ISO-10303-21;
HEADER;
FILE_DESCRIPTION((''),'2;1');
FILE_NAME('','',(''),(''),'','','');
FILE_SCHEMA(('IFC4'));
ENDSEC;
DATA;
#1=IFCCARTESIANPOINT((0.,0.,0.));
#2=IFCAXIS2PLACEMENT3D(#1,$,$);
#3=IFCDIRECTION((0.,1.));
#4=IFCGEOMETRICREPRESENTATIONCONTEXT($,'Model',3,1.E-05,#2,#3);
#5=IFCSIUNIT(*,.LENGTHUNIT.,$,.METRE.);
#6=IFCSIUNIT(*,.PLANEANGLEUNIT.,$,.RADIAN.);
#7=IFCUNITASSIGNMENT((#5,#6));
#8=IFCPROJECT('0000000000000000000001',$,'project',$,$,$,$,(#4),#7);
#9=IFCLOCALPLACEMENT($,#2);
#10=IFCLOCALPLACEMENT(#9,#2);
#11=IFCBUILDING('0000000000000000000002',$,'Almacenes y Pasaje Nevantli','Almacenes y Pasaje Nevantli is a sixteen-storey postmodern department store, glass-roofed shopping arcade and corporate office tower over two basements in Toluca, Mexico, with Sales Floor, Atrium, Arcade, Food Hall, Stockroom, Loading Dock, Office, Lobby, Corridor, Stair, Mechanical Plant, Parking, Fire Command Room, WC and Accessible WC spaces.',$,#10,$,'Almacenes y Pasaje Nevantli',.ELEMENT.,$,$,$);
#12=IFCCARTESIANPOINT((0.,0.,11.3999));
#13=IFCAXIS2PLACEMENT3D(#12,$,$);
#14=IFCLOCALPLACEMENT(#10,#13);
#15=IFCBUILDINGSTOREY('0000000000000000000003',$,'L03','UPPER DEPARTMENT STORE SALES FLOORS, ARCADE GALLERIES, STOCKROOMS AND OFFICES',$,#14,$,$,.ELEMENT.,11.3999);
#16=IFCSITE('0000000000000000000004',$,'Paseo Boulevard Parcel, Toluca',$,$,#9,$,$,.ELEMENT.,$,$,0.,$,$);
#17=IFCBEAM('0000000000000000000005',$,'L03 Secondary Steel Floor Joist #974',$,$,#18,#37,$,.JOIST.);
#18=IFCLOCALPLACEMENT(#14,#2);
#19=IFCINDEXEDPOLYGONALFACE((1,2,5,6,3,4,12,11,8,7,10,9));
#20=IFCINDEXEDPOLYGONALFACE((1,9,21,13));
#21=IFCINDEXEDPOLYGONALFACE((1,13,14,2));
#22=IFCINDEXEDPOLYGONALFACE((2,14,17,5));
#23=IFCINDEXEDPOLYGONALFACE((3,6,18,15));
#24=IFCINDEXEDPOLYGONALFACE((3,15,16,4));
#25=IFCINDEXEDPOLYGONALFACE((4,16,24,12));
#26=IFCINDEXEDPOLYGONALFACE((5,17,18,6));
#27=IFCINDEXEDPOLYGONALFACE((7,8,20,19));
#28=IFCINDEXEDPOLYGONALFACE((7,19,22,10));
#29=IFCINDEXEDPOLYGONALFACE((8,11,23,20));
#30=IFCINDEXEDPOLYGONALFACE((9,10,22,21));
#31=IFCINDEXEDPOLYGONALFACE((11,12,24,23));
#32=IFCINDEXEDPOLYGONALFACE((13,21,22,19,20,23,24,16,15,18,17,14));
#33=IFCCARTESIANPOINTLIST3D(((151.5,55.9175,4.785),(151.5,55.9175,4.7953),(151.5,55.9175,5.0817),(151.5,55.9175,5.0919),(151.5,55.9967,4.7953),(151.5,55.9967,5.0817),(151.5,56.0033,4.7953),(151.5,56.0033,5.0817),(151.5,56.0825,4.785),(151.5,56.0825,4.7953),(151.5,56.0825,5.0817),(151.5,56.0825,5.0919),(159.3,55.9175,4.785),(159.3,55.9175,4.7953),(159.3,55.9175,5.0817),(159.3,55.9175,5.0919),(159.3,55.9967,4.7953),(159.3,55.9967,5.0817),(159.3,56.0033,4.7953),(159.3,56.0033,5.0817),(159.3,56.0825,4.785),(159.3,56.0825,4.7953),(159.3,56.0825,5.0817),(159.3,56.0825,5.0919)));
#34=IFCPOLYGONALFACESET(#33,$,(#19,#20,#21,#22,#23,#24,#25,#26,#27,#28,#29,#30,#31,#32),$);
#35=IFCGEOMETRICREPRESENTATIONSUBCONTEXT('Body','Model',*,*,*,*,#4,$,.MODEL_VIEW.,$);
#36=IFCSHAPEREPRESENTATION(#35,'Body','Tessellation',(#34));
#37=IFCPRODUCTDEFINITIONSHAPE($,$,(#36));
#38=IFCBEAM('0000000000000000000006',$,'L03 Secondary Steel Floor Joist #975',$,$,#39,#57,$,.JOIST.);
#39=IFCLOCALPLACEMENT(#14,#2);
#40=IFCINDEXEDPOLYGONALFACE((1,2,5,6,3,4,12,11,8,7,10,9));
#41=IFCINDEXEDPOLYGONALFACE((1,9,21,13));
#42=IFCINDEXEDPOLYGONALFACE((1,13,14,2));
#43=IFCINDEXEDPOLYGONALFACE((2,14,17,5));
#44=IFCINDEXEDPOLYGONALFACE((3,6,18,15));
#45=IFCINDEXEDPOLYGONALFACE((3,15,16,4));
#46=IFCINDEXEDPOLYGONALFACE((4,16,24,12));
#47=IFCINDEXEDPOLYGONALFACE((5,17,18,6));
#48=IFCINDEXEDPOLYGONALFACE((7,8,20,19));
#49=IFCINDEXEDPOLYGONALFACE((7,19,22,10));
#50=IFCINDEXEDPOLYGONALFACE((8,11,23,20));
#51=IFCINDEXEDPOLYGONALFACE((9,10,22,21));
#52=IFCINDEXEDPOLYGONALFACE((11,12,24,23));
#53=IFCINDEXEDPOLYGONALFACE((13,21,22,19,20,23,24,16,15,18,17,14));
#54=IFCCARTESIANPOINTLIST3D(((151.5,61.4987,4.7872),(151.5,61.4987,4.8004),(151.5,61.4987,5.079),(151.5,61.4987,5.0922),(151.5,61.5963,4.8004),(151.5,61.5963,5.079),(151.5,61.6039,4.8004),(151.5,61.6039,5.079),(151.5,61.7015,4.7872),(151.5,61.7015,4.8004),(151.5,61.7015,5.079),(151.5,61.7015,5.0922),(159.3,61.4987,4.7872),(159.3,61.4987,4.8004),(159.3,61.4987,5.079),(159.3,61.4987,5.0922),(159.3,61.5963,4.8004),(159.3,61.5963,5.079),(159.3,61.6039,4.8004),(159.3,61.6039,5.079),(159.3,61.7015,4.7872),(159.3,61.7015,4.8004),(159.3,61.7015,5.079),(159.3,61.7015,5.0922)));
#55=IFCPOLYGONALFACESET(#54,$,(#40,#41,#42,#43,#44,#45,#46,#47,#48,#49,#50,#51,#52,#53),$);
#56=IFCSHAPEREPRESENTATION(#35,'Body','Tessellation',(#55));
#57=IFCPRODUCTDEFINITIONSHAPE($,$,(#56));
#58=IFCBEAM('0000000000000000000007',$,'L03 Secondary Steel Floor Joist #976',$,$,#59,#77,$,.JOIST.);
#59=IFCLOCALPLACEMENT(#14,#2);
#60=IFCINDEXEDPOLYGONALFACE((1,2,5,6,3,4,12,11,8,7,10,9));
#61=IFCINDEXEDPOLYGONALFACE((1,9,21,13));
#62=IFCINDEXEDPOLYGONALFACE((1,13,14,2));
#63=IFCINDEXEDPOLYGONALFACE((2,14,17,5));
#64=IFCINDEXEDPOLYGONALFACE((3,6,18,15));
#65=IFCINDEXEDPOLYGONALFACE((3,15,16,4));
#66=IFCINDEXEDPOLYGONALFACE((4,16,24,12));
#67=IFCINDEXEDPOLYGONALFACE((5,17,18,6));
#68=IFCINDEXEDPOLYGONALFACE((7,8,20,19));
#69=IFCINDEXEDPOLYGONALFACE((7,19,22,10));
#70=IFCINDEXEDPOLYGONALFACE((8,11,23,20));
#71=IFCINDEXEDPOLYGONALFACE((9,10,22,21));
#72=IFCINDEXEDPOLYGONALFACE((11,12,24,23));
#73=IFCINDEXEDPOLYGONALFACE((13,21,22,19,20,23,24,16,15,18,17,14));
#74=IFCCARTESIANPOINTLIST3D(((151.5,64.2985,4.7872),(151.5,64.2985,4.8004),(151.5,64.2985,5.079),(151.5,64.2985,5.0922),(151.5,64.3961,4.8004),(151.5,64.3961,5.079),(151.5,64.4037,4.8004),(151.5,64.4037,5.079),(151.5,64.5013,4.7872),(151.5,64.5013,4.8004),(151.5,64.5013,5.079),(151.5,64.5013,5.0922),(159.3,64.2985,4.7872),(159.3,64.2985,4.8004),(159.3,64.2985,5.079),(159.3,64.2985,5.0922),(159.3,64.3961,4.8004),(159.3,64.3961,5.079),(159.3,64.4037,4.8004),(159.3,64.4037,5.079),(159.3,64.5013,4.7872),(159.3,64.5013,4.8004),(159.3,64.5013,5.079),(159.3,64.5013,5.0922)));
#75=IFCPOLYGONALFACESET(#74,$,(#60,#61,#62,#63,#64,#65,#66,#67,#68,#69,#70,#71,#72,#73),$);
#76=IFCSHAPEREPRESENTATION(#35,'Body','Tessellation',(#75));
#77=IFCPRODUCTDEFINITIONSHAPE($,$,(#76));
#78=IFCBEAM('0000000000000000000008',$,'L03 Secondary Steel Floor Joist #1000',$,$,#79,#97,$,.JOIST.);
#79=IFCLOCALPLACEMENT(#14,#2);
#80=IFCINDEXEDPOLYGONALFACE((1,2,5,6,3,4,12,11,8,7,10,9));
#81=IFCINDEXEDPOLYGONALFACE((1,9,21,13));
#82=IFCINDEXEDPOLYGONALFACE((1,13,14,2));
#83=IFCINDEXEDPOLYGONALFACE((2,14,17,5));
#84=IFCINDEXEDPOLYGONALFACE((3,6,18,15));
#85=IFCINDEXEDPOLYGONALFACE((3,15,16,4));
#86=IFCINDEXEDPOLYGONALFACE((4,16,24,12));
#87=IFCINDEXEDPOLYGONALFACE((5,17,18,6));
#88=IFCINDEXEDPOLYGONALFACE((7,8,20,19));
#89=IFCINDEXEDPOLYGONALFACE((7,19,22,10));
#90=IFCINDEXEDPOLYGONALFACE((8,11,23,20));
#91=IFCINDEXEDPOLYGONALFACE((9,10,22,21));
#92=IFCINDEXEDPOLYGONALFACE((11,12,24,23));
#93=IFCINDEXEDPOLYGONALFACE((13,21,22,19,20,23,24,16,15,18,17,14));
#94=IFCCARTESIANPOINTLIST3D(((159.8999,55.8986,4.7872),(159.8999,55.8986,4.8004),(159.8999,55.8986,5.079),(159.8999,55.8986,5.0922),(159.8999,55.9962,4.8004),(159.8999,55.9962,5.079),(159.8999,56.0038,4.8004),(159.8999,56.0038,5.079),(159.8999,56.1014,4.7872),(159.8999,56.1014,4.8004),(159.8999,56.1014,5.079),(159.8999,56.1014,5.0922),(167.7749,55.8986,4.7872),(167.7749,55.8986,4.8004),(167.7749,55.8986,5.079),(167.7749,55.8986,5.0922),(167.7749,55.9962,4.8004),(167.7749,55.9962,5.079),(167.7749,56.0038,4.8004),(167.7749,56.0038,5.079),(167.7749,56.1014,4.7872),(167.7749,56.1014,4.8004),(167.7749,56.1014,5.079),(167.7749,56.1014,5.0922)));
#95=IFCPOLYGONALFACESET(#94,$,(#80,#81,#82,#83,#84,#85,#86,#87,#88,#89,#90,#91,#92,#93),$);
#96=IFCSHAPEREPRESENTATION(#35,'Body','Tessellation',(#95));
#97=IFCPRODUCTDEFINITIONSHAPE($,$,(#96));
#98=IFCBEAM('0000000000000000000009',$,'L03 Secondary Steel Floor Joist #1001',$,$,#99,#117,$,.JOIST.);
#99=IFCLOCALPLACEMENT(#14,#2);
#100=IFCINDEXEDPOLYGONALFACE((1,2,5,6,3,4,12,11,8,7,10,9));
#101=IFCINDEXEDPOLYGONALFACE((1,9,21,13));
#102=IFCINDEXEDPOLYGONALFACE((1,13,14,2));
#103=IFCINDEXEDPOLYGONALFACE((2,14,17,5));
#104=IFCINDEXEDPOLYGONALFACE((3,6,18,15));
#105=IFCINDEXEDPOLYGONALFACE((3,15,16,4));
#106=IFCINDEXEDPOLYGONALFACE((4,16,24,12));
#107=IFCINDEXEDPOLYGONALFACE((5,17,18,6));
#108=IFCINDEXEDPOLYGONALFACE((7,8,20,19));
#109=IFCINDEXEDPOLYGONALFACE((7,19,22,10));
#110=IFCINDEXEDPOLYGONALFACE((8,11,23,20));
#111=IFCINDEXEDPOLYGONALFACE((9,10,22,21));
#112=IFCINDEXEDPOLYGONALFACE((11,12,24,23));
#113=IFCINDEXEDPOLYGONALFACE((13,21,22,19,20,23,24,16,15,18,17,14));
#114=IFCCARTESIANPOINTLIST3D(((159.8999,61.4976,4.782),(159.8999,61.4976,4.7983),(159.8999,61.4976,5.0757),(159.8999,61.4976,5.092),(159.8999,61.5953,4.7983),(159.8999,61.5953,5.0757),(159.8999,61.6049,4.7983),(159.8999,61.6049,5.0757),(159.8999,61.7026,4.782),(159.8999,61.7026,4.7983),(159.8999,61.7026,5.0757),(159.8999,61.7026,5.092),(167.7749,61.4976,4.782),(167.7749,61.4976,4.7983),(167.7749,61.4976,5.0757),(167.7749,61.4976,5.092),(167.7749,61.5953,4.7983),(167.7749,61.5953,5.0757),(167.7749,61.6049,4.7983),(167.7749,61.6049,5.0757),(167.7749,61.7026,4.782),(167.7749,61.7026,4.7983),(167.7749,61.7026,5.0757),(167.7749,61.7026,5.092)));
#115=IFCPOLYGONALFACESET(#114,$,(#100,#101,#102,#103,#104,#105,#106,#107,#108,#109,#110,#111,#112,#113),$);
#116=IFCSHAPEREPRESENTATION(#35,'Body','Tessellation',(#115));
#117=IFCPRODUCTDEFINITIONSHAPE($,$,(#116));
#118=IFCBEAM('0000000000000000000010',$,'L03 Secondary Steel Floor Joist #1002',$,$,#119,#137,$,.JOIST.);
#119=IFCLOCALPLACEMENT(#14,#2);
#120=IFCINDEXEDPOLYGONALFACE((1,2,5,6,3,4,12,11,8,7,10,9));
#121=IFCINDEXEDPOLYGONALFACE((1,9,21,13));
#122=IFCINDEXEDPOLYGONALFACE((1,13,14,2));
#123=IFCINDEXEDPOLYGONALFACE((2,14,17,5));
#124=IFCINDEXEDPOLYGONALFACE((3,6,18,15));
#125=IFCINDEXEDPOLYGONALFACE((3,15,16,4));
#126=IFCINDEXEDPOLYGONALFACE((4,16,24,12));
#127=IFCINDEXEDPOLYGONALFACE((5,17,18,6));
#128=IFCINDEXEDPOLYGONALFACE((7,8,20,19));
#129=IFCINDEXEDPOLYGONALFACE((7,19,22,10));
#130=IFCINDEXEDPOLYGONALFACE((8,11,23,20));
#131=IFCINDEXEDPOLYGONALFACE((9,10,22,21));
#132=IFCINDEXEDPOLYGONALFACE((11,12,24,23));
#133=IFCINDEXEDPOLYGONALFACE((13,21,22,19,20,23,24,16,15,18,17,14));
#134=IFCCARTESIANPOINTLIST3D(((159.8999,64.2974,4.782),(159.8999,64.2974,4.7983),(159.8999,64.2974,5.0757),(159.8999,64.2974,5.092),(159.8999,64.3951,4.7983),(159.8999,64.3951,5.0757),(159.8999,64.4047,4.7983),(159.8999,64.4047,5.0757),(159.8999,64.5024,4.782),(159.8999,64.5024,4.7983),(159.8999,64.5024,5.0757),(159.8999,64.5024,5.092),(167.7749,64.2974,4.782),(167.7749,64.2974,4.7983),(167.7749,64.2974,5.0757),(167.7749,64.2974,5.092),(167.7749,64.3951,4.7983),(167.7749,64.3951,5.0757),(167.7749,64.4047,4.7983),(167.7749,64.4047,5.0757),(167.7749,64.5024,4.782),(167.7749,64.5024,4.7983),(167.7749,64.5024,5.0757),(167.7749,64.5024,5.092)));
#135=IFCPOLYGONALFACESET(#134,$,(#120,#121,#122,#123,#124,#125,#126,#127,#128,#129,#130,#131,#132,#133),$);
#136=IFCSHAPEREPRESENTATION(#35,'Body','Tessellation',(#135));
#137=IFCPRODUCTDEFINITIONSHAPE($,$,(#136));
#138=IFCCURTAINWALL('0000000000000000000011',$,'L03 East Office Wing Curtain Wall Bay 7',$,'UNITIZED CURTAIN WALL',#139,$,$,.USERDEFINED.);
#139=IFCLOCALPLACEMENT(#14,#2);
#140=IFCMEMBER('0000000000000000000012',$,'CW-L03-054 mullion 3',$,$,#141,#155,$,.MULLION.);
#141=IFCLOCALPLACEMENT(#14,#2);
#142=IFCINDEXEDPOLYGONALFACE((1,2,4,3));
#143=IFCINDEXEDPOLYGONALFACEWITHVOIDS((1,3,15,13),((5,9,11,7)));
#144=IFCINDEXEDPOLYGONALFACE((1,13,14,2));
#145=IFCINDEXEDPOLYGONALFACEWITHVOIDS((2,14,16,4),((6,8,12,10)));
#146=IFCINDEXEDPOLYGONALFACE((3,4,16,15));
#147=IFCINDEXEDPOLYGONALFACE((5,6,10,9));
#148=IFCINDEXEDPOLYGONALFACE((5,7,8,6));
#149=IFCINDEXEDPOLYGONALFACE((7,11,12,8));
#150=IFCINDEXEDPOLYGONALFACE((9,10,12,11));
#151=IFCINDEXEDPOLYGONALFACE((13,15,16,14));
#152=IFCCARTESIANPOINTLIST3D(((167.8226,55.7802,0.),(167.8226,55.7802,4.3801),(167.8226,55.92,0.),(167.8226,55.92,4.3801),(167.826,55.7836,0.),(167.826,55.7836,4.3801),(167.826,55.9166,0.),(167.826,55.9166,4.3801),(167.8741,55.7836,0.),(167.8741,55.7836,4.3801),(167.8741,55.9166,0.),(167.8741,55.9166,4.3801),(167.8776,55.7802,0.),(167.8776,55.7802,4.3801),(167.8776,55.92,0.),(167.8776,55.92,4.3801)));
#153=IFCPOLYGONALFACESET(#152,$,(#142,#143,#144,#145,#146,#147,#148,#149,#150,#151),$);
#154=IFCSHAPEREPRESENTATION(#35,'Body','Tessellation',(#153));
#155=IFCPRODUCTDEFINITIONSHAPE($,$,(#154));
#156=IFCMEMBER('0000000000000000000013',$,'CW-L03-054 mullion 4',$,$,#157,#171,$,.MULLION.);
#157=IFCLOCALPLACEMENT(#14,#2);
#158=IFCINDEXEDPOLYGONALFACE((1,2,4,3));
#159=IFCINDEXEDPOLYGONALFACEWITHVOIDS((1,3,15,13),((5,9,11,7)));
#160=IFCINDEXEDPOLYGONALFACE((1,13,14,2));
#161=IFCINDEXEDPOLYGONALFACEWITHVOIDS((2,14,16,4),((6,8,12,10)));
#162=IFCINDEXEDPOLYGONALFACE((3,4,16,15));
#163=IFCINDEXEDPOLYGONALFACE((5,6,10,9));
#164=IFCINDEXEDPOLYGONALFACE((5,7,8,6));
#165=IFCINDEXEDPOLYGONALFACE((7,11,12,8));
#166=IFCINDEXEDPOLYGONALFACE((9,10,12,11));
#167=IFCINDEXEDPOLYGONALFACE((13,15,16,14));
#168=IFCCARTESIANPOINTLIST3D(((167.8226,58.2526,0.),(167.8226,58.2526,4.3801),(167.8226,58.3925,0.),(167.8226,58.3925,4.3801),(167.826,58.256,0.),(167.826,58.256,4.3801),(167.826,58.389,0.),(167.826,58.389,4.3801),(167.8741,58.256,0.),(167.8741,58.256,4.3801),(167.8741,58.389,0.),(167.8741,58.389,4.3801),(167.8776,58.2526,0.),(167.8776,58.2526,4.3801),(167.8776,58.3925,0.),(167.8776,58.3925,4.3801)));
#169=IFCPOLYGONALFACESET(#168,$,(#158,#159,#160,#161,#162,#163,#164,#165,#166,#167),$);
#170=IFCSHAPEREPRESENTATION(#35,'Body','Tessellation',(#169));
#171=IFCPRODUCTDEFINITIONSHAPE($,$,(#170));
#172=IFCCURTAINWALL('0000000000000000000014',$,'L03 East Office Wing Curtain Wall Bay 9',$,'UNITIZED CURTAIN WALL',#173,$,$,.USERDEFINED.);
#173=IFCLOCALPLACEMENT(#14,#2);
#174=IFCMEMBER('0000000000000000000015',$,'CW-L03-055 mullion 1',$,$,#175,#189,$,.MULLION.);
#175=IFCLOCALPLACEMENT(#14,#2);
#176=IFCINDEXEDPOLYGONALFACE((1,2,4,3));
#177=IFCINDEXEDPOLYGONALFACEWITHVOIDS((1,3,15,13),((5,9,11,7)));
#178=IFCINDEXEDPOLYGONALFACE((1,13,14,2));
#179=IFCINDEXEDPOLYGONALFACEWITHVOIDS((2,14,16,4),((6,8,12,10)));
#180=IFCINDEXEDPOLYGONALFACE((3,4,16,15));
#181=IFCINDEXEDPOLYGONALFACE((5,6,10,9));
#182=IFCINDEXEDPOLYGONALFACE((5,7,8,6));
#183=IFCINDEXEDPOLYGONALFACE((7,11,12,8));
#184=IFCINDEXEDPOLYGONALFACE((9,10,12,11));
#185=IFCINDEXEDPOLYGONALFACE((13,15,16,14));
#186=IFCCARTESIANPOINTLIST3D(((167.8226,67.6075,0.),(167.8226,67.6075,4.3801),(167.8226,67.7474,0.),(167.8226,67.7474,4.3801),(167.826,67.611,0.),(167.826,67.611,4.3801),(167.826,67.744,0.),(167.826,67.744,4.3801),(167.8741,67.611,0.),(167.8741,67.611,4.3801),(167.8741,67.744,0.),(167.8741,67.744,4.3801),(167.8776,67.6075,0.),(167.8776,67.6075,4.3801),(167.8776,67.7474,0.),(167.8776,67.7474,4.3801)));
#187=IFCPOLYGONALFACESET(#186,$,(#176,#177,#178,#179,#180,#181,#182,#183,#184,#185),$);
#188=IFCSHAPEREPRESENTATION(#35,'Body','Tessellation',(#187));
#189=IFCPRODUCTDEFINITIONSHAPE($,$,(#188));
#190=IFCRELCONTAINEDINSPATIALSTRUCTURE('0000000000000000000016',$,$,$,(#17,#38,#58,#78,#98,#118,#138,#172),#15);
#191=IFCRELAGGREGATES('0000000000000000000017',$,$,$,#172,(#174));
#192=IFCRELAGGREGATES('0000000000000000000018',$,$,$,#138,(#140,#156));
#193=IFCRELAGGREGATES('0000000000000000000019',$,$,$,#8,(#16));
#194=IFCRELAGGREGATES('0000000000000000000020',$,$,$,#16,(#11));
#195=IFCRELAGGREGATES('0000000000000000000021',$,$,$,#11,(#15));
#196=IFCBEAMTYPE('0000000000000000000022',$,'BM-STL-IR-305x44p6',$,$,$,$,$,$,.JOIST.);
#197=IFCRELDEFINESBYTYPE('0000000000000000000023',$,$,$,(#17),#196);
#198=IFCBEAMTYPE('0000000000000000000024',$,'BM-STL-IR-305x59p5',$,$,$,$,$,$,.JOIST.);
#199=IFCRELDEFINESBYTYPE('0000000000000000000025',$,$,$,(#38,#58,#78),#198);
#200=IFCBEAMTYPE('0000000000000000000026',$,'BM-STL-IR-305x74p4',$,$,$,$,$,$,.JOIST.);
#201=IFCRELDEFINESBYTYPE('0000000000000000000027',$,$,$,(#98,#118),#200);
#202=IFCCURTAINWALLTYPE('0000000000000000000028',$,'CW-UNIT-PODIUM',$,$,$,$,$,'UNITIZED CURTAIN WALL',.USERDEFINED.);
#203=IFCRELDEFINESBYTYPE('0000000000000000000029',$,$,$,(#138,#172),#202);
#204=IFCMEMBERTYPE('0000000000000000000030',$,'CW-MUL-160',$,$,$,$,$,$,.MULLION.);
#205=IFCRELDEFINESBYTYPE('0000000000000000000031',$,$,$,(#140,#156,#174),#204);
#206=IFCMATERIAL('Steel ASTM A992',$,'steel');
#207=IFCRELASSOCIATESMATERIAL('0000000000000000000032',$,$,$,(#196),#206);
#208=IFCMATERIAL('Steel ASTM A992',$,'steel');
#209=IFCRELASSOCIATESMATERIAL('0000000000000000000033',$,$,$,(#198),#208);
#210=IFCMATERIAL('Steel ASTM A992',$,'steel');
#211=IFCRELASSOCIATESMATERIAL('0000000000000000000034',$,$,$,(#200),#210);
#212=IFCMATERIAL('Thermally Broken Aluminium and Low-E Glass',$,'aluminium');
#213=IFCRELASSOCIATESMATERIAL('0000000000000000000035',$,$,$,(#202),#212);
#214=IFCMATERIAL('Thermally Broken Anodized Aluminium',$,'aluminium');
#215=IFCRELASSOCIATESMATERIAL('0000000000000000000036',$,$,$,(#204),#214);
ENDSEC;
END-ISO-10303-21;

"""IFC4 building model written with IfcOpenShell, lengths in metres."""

from ifc_helpers import new_model, si_unit, direction, frame, origin, origin_2d, place, context, subcontext, project, spatial, hollow_rectangle, i_section, extrude, material, material_profile, profile_set, type_object, element, aggregate, save


model = new_model("IFC4")

# Units and contexts
model_context = context("Model", 3, precision=1e-05, world=origin(), true_north=direction((0.0, 1.0)))
body_context = subcontext(model_context, "Body", "Model", "MODEL_VIEW")
ifc_project = project(units=[si_unit("LENGTHUNIT", "METRE"), si_unit("PLANEANGLEUNIT", "RADIAN")], contexts=[model_context])

# Site, building, storey
site_placement = place(None, origin())
site = spatial("IfcSite", under=ifc_project, at=site_placement, Name="Paseo Boulevard Parcel, Toluca", CompositionType="ELEMENT", RefElevation=0.0)
building_placement = place(site_placement, origin())
building = spatial("IfcBuilding", under=site, at=building_placement, Name="Almacenes y Pasaje Nevantli", Description="Almacenes y Pasaje Nevantli is a sixteen-storey postmodern department store, glass-roofed shopping arcade and corporate office tower over two basements in Toluca, Mexico, with Sales Floor, Atrium, Arcade, Food Hall, Stockroom, Loading Dock, Office, Lobby, Corridor, Stair, Mechanical Plant, Parking, Fire Command Room, WC and Accessible WC spaces.", LongName="Almacenes y Pasaje Nevantli", CompositionType="ELEMENT")
storey_placement = place(building_placement, frame((0.0, 0.0, 11.3999)))
storey = spatial("IfcBuildingStorey", under=building, at=storey_placement, Name="L03", Description="UPPER DEPARTMENT STORE SALES FLOORS, ARCADE GALLERIES, STOCKROOMS AND OFFICES", CompositionType="ELEMENT", Elevation=11.3999)

# Beams
ifc_material_1 = material(Name="Steel ASTM A992", Category="steel")
ifc_material_profile_1 = material_profile(ifc_material_1, i_section(OverallWidth=0.165, OverallDepth=0.3069, WebThickness=0.0066, FlangeThickness=0.0103, at=origin_2d()), Name="IR 305x44.6")
ifc_profile_set_1 = profile_set([ifc_material_profile_1], Name="Steel ASTM A992")
beam_type_1 = type_object("IfcBeamType", Name="BM-STL-IR-305x44p6", PredefinedType="JOIST", material=ifc_profile_set_1)
beam_1_placement = place(storey_placement, frame((151.5, 56.0, 4.9385), z_axis=(1.0, 0.0, 0.0), x_axis=(0.0, 1.0, 0.0)))
element("IfcBeam", 1, at=beam_1_placement, inside=storey, type_object=beam_type_1, Name="L03 Secondary Steel Floor Joist #974", PredefinedType="JOIST", context=body_context, shape_type="SweptSolid", body=[
    extrude(i_section(OverallWidth=0.165, OverallDepth=0.3069, WebThickness=0.0066, FlangeThickness=0.0103, at=origin_2d()), origin(), (0.0, 0.0, 1.0), 7.8),
])
ifc_material_2 = material(Name="Steel ASTM A992", Category="steel")
ifc_material_profile_2 = material_profile(ifc_material_2, i_section(OverallWidth=0.2029, OverallDepth=0.3049, WebThickness=0.0076, FlangeThickness=0.0132, at=origin_2d()), Name="IR 305x59.5")
ifc_profile_set_2 = profile_set([ifc_material_profile_2], Name="Steel ASTM A992")
beam_type_2 = type_object("IfcBeamType", Name="BM-STL-IR-305x59p5", PredefinedType="JOIST", material=ifc_profile_set_2)
for number, where, z_axis, x_axis, name in (
    (2, (151.5, 61.6001, 4.9397), (1.0, 0.0, 0.0), (0.0, 1.0, 0.0), "L03 Secondary Steel Floor Joist #975"),
    (3, (151.5, 64.3999, 4.9397), (1.0, 0.0, 0.0), (0.0, 1.0, 0.0), "L03 Secondary Steel Floor Joist #976"),
):
    element("IfcBeam", number, at=place(storey_placement, frame(where, z_axis=z_axis, x_axis=x_axis)), inside=storey, type_object=beam_type_2, Name=name, PredefinedType="JOIST", context=body_context, shape_type="SweptSolid", body=[
        extrude(i_section(OverallWidth=0.2029, OverallDepth=0.3049, WebThickness=0.0076, FlangeThickness=0.0132, at=origin_2d()), origin(), (0.0, 0.0, 1.0), 7.8),
    ])
beam_2_placement = place(storey_placement, frame((159.8999, 56.0, 4.9397), z_axis=(1.0, 0.0, 0.0), x_axis=(0.0, 1.0, 0.0)))
element("IfcBeam", 4, at=beam_2_placement, inside=storey, type_object=beam_type_2, Name="L03 Secondary Steel Floor Joist #1000", PredefinedType="JOIST", context=body_context, shape_type="SweptSolid", body=[
    extrude(i_section(OverallWidth=0.2029, OverallDepth=0.3049, WebThickness=0.0076, FlangeThickness=0.0132, at=origin_2d()), origin(), (0.0, 0.0, 1.0), 7.875),
])
ifc_material_3 = material(Name="Steel ASTM A992", Category="steel")
ifc_material_profile_3 = material_profile(ifc_material_3, i_section(OverallWidth=0.2051, OverallDepth=0.3101, WebThickness=0.0095, FlangeThickness=0.0164, at=origin_2d()), Name="IR 305x74.4")
ifc_profile_set_3 = profile_set([ifc_material_profile_3], Name="Steel ASTM A992")
beam_type_3 = type_object("IfcBeamType", Name="BM-STL-IR-305x74p4", PredefinedType="JOIST", material=ifc_profile_set_3)
for number, where, z_axis, x_axis, name in (
    (5, (159.8999, 61.6001, 4.937), (1.0, 0.0, 0.0), (0.0, 1.0, 0.0), "L03 Secondary Steel Floor Joist #1001"),
    (6, (159.8999, 64.3999, 4.937), (1.0, 0.0, 0.0), (0.0, 1.0, 0.0), "L03 Secondary Steel Floor Joist #1002"),
):
    element("IfcBeam", number, at=place(storey_placement, frame(where, z_axis=z_axis, x_axis=x_axis)), inside=storey, type_object=beam_type_3, Name=name, PredefinedType="JOIST", context=body_context, shape_type="SweptSolid", body=[
        extrude(i_section(OverallWidth=0.2051, OverallDepth=0.3101, WebThickness=0.0095, FlangeThickness=0.0164, at=origin_2d()), origin(), (0.0, 0.0, 1.0), 7.875),
    ])

# Curtain wall, members
ifc_material_4 = material(Name="Thermally Broken Aluminium and Low-E Glass", Category="aluminium")
curtain_wall_type = type_object("IfcCurtainWallType", Name="CW-UNIT-PODIUM", ElementType="UNITIZED CURTAIN WALL", PredefinedType="USERDEFINED", material=ifc_material_4)
curtain_wall_1_placement = place(storey_placement, origin())
curtain_wall_1 = element("IfcCurtainWall", 7, at=curtain_wall_1_placement, inside=storey, type_object=curtain_wall_type, Name="L03 East Office Wing Curtain Wall Bay 7", ObjectType="UNITIZED CURTAIN WALL", PredefinedType="USERDEFINED")
ifc_material_5 = material(Name="Thermally Broken Anodized Aluminium", Category="aluminium")
ifc_material_profile_4 = material_profile(ifc_material_5, hollow_rectangle(XDim=0.0549, YDim=0.1399, WallThickness=0.0034, at=origin_2d()), Name="ALU-MUL-55x140")
ifc_profile_set_4 = profile_set([ifc_material_profile_4], Name="Thermally Broken Anodized Aluminium")
member_type_1 = type_object("IfcMemberType", Name="CW-MUL-160", PredefinedType="MULLION", material=ifc_profile_set_4)
member_1_placement = place(storey_placement, frame((167.8501, 55.8501, 0.0), z_axis=(0.0, 0.0, 1.0), x_axis=(-1.0, 0.0, 0.0)))
member_1 = element("IfcMember", 8, at=member_1_placement, type_object=member_type_1, Name="CW-L03-054 mullion 3", PredefinedType="MULLION", context=body_context, shape_type="SweptSolid", body=[
    extrude(hollow_rectangle(XDim=0.0549, YDim=0.1399, WallThickness=0.0034, at=origin_2d()), origin(), (0.0, 0.0, 1.0), 4.3801),
])
member_2_placement = place(storey_placement, frame((167.8501, 58.3225, 0.0), z_axis=(0.0, 0.0, 1.0), x_axis=(-1.0, 0.0, 0.0)))
member_2 = element("IfcMember", 9, at=member_2_placement, type_object=member_type_1, Name="CW-L03-054 mullion 4", PredefinedType="MULLION", context=body_context, shape_type="SweptSolid", body=[
    extrude(hollow_rectangle(XDim=0.0549, YDim=0.1399, WallThickness=0.0034, at=origin_2d()), origin(), (0.0, 0.0, 1.0), 4.3801),
])

# Curtain wall, member
curtain_wall_2_placement = place(storey_placement, origin())
curtain_wall_2 = element("IfcCurtainWall", 10, at=curtain_wall_2_placement, inside=storey, type_object=curtain_wall_type, Name="L03 East Office Wing Curtain Wall Bay 9", ObjectType="UNITIZED CURTAIN WALL", PredefinedType="USERDEFINED")
member_3_placement = place(storey_placement, frame((167.8501, 67.6775, 0.0), z_axis=(0.0, 0.0, 1.0), x_axis=(-1.0, 0.0, 0.0)))
member_3 = element("IfcMember", 11, at=member_3_placement, type_object=member_type_1, Name="CW-L03-055 mullion 1", PredefinedType="MULLION", context=body_context, shape_type="SweptSolid", body=[
    extrude(hollow_rectangle(XDim=0.0549, YDim=0.1399, WallThickness=0.0034, at=origin_2d()), origin(), (0.0, 0.0, 1.0), 4.3801),
])

aggregate(curtain_wall_2, [member_3])

aggregate(curtain_wall_1, [member_1, member_2])

save(model, "model.ifc")
